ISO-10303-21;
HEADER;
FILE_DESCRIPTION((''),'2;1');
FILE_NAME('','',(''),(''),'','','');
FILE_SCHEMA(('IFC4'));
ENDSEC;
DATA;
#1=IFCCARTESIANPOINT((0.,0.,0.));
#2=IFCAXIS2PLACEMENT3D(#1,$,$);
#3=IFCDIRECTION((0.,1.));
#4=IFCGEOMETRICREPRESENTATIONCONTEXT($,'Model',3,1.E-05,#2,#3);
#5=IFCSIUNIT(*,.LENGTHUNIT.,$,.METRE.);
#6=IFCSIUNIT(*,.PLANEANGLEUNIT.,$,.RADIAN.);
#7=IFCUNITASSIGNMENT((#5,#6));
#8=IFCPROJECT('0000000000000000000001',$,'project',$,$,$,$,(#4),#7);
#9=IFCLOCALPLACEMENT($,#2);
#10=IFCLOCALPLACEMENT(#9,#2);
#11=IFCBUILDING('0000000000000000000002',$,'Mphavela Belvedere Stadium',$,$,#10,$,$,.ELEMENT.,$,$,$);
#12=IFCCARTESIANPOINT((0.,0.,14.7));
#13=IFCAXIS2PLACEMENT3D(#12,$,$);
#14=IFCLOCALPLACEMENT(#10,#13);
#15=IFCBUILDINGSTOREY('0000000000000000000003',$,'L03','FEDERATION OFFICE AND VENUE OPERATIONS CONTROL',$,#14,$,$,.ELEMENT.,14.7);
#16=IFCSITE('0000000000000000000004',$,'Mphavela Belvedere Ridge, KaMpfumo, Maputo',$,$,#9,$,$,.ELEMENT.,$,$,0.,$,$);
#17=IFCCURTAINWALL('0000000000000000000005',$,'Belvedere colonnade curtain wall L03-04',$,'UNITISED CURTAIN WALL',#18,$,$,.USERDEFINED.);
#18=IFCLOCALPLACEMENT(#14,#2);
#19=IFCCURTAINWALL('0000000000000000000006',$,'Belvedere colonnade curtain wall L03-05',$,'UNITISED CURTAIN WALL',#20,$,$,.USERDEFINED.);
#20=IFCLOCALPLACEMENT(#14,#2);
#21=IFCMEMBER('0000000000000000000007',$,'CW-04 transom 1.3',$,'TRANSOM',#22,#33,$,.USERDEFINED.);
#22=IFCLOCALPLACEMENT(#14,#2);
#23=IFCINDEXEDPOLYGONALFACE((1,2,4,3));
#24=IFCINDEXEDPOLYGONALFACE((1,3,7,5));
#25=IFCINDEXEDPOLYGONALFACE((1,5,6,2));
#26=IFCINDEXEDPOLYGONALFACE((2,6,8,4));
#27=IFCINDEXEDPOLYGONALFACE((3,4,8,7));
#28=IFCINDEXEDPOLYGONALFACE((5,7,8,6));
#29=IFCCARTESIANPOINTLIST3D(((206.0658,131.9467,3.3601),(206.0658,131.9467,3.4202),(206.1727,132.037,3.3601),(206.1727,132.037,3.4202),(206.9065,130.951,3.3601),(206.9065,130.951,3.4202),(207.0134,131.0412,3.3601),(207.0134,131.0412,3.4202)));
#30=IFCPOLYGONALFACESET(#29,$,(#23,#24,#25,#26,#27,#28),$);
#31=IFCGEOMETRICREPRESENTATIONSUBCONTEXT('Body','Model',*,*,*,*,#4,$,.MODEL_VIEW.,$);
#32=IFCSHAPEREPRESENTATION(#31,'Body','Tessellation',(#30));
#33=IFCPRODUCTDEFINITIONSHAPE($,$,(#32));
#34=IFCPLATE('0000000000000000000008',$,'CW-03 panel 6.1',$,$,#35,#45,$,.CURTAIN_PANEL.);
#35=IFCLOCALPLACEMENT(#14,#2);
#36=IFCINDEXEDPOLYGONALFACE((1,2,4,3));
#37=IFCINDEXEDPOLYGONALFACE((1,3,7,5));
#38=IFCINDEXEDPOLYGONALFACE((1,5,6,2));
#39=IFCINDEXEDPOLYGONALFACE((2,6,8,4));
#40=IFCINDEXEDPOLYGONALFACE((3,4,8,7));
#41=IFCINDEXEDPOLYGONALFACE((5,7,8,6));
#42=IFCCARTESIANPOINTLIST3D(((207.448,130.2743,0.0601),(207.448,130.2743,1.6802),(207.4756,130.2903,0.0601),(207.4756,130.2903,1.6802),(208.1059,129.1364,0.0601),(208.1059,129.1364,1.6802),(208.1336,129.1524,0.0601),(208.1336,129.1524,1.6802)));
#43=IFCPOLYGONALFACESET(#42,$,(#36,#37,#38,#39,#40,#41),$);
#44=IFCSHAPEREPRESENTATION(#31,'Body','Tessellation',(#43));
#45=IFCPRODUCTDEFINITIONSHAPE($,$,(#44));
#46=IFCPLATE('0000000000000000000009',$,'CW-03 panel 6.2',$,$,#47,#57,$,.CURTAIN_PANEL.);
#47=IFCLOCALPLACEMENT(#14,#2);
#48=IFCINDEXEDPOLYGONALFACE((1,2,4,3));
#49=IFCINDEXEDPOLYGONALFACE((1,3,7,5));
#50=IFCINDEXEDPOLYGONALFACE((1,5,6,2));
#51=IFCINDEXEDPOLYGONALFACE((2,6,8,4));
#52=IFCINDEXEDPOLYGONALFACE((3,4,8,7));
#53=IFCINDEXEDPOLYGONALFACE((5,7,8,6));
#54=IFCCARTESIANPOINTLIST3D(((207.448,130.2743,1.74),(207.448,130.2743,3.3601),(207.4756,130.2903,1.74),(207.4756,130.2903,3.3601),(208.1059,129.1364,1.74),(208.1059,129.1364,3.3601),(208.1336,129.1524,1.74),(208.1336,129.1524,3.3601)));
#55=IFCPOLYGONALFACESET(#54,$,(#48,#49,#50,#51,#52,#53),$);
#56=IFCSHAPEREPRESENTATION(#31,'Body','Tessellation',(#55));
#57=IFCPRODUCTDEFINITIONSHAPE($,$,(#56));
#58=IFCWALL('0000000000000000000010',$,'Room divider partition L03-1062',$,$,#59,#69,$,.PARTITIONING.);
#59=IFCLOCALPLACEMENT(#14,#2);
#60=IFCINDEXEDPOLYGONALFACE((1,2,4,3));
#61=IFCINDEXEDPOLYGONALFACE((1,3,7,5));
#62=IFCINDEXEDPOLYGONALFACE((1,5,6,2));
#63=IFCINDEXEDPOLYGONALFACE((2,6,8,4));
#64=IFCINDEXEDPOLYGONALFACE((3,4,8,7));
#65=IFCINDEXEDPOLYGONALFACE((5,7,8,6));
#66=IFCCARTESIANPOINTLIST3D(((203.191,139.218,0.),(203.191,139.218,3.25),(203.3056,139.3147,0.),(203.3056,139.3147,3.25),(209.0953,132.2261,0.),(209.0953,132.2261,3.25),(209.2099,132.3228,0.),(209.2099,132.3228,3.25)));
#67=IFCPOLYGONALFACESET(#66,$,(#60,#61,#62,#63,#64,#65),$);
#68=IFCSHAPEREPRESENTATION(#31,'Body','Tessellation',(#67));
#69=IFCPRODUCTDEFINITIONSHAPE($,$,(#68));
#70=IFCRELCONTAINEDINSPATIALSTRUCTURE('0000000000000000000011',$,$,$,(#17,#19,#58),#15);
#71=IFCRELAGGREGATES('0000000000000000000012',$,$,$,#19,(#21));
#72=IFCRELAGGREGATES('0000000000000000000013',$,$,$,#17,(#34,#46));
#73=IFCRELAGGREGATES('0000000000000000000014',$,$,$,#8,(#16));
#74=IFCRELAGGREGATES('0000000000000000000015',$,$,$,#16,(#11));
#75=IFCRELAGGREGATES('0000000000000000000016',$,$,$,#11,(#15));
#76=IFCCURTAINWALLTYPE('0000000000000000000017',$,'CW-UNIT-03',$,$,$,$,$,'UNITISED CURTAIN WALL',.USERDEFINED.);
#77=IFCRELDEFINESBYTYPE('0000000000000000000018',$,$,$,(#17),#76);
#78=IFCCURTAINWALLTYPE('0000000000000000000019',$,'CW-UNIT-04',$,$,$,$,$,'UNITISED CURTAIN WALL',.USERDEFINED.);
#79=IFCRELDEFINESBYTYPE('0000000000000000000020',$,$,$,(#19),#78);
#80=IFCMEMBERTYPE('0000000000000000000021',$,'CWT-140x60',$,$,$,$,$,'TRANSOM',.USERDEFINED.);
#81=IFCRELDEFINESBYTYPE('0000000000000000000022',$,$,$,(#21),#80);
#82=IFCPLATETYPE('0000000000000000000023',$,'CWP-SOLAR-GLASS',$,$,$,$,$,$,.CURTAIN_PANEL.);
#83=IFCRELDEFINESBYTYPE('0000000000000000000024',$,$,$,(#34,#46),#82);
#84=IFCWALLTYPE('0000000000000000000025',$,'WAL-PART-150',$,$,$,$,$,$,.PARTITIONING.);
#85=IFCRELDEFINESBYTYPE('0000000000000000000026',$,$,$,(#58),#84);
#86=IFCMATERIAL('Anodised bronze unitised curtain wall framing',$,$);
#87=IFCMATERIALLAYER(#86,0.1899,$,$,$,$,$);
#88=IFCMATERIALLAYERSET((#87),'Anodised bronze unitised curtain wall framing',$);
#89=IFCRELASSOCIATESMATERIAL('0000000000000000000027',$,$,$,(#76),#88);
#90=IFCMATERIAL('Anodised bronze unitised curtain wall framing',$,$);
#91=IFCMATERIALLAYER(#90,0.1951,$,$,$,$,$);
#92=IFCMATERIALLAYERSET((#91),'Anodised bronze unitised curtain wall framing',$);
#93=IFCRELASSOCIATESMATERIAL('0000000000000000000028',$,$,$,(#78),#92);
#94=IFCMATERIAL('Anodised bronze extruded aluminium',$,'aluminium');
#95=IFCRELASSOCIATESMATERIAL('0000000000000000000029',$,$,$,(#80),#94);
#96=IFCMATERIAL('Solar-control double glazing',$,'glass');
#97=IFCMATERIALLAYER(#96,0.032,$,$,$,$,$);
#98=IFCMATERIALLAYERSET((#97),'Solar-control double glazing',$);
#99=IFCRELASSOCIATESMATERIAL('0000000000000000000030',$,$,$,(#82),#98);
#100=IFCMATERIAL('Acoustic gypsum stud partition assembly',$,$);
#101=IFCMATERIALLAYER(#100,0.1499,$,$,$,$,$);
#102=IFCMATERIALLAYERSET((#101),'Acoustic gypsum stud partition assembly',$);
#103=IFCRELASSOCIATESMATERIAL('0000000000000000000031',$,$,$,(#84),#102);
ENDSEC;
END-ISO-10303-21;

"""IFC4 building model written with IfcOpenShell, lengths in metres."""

from ifc_helpers import new_model, si_unit, direction, frame, frame_2d, origin, origin_2d, place, context, subcontext, project, spatial, rectangle, extrude, material, layer, layer_set, material_profile, profile_set, type_object, element, aggregate, save


model = new_model("IFC4")

# Units and contexts
model_context = context("Model", 3, precision=1e-05, world=origin(), true_north=direction((0.0, 1.0)))
body_context = subcontext(model_context, "Body", "Model", "MODEL_VIEW")
ifc_project = project(units=[si_unit("LENGTHUNIT", "METRE"), si_unit("PLANEANGLEUNIT", "RADIAN")], contexts=[model_context])

# Site, building, storey
site_placement = place(None, origin())
site = spatial("IfcSite", under=ifc_project, at=site_placement, Name="Mphavela Belvedere Ridge, KaMpfumo, Maputo", CompositionType="ELEMENT", RefElevation=0.0)
building_placement = place(site_placement, origin())
building = spatial("IfcBuilding", under=site, at=building_placement, Name="Mphavela Belvedere Stadium", CompositionType="ELEMENT")
storey_placement = place(building_placement, frame((0.0, 0.0, 14.7)))
storey = spatial("IfcBuildingStorey", under=building, at=storey_placement, Name="L03", Description="FEDERATION OFFICE AND VENUE OPERATIONS CONTROL", CompositionType="ELEMENT", Elevation=14.7)

# Curtain walls
ifc_material_1 = material(Name="Anodised bronze unitised curtain wall framing")
ifc_layer_1 = layer(ifc_material_1, 0.1899)
ifc_layer_set_1 = layer_set([ifc_layer_1], Name="Anodised bronze unitised curtain wall framing")
curtain_wall_type_1 = type_object("IfcCurtainWallType", Name="CW-UNIT-03", ElementType="UNITISED CURTAIN WALL", PredefinedType="USERDEFINED", material=ifc_layer_set_1)
curtain_wall_1_placement = place(storey_placement, origin())
curtain_wall_1 = element("IfcCurtainWall", 1, at=curtain_wall_1_placement, inside=storey, type_object=curtain_wall_type_1, Name="Belvedere colonnade curtain wall L03-04", ObjectType="UNITISED CURTAIN WALL", PredefinedType="USERDEFINED")
ifc_material_2 = material(Name="Anodised bronze unitised curtain wall framing")
ifc_layer_2 = layer(ifc_material_2, 0.1951)
ifc_layer_set_2 = layer_set([ifc_layer_2], Name="Anodised bronze unitised curtain wall framing")
curtain_wall_type_2 = type_object("IfcCurtainWallType", Name="CW-UNIT-04", ElementType="UNITISED CURTAIN WALL", PredefinedType="USERDEFINED", material=ifc_layer_set_2)
curtain_wall_2_placement = place(storey_placement, origin())
curtain_wall_2 = element("IfcCurtainWall", 2, at=curtain_wall_2_placement, inside=storey, type_object=curtain_wall_type_2, Name="Belvedere colonnade curtain wall L03-05", ObjectType="UNITISED CURTAIN WALL", PredefinedType="USERDEFINED")

# Member
ifc_material_3 = material(Name="Anodised bronze extruded aluminium", Category="aluminium")
ifc_material_profile_1 = material_profile(ifc_material_3, rectangle(XDim=0.1399, YDim=0.0601, at=origin_2d()), Name="CW-TRN 140x60")
ifc_profile_set_1 = profile_set([ifc_material_profile_1], Name="Anodised bronze extruded aluminium")
member_type_1 = type_object("IfcMemberType", Name="CWT-140x60", ElementType="TRANSOM", PredefinedType="USERDEFINED", material=ifc_profile_set_1)
member_1_placement = place(storey_placement, frame((206.96, 130.9961, 3.3901), z_axis=(-0.645127, 0.764075, 0.0), x_axis=(-0.764075, -0.645127, 0.0)))
member_1 = element("IfcMember", 3, at=member_1_placement, type_object=member_type_1, Name="CW-04 transom 1.3", ObjectType="TRANSOM", PredefinedType="USERDEFINED", context=body_context, shape_type="SweptSolid", body=[
    extrude(rectangle(XDim=0.1399, YDim=0.0601, at=origin_2d()), origin(), (0.0, 0.0, 1.0), 1.3032),
])
aggregate(curtain_wall_2, [member_1])

# Plates
ifc_material_4 = material(Name="Solar-control double glazing", Category="glass")
ifc_layer_3 = layer(ifc_material_4, 0.032)
ifc_layer_set_3 = layer_set([ifc_layer_3], Name="Solar-control double glazing")
plate_type = type_object("IfcPlateType", Name="CWP-SOLAR-GLASS", PredefinedType="CURTAIN_PANEL", material=ifc_layer_set_3)
plate_1_placement = place(storey_placement, frame((207.7908, 129.7134, 0.0601), z_axis=(0.0, 0.0, 1.0), x_axis=(-0.500554, 0.865705, 0.0)))
plate_1 = element("IfcPlate", 4, at=plate_1_placement, type_object=plate_type, Name="CW-03 panel 6.1", PredefinedType="CURTAIN_PANEL", context=body_context, shape_type="SweptSolid", body=[
    extrude(rectangle(XDim=1.3145, YDim=0.032, at=origin_2d()), origin(), (0.0, 0.0, 1.0), 1.6201),
])
plate_2_placement = place(storey_placement, frame((207.7908, 129.7134, 1.74), z_axis=(0.0, 0.0, 1.0), x_axis=(-0.500554, 0.865705, 0.0)))
plate_2 = element("IfcPlate", 5, at=plate_2_placement, type_object=plate_type, Name="CW-03 panel 6.2", PredefinedType="CURTAIN_PANEL", context=body_context, shape_type="SweptSolid", body=[
    extrude(rectangle(XDim=1.3145, YDim=0.032, at=origin_2d()), origin(), (0.0, 0.0, 1.0), 1.6201),
])
aggregate(curtain_wall_1, [plate_1, plate_2])

# Wall
ifc_material_5 = material(Name="Acoustic gypsum stud partition assembly")
ifc_layer_4 = layer(ifc_material_5, 0.1499)
ifc_layer_set_4 = layer_set([ifc_layer_4], Name="Acoustic gypsum stud partition assembly")
wall_type = type_object("IfcWallType", Name="WAL-PART-150", PredefinedType="PARTITIONING", material=ifc_layer_set_4)
wall_placement = place(storey_placement, frame((209.1526, 132.2744, 0.0), z_axis=(0.0, 0.0, 1.0), x_axis=(-0.64518, 0.764031, 0.0)))
element("IfcWall", 6, at=wall_placement, inside=storey, type_object=wall_type, Name="Room divider partition L03-1062", PredefinedType="PARTITIONING", context=body_context, shape_type="SweptSolid", body=[
    extrude(rectangle(XDim=9.1514, YDim=0.1499, at=frame_2d((4.5757, 0.0))), origin(), (0.0, 0.0, 1.0), 3.25),
])

save(model, "model.ifc")
